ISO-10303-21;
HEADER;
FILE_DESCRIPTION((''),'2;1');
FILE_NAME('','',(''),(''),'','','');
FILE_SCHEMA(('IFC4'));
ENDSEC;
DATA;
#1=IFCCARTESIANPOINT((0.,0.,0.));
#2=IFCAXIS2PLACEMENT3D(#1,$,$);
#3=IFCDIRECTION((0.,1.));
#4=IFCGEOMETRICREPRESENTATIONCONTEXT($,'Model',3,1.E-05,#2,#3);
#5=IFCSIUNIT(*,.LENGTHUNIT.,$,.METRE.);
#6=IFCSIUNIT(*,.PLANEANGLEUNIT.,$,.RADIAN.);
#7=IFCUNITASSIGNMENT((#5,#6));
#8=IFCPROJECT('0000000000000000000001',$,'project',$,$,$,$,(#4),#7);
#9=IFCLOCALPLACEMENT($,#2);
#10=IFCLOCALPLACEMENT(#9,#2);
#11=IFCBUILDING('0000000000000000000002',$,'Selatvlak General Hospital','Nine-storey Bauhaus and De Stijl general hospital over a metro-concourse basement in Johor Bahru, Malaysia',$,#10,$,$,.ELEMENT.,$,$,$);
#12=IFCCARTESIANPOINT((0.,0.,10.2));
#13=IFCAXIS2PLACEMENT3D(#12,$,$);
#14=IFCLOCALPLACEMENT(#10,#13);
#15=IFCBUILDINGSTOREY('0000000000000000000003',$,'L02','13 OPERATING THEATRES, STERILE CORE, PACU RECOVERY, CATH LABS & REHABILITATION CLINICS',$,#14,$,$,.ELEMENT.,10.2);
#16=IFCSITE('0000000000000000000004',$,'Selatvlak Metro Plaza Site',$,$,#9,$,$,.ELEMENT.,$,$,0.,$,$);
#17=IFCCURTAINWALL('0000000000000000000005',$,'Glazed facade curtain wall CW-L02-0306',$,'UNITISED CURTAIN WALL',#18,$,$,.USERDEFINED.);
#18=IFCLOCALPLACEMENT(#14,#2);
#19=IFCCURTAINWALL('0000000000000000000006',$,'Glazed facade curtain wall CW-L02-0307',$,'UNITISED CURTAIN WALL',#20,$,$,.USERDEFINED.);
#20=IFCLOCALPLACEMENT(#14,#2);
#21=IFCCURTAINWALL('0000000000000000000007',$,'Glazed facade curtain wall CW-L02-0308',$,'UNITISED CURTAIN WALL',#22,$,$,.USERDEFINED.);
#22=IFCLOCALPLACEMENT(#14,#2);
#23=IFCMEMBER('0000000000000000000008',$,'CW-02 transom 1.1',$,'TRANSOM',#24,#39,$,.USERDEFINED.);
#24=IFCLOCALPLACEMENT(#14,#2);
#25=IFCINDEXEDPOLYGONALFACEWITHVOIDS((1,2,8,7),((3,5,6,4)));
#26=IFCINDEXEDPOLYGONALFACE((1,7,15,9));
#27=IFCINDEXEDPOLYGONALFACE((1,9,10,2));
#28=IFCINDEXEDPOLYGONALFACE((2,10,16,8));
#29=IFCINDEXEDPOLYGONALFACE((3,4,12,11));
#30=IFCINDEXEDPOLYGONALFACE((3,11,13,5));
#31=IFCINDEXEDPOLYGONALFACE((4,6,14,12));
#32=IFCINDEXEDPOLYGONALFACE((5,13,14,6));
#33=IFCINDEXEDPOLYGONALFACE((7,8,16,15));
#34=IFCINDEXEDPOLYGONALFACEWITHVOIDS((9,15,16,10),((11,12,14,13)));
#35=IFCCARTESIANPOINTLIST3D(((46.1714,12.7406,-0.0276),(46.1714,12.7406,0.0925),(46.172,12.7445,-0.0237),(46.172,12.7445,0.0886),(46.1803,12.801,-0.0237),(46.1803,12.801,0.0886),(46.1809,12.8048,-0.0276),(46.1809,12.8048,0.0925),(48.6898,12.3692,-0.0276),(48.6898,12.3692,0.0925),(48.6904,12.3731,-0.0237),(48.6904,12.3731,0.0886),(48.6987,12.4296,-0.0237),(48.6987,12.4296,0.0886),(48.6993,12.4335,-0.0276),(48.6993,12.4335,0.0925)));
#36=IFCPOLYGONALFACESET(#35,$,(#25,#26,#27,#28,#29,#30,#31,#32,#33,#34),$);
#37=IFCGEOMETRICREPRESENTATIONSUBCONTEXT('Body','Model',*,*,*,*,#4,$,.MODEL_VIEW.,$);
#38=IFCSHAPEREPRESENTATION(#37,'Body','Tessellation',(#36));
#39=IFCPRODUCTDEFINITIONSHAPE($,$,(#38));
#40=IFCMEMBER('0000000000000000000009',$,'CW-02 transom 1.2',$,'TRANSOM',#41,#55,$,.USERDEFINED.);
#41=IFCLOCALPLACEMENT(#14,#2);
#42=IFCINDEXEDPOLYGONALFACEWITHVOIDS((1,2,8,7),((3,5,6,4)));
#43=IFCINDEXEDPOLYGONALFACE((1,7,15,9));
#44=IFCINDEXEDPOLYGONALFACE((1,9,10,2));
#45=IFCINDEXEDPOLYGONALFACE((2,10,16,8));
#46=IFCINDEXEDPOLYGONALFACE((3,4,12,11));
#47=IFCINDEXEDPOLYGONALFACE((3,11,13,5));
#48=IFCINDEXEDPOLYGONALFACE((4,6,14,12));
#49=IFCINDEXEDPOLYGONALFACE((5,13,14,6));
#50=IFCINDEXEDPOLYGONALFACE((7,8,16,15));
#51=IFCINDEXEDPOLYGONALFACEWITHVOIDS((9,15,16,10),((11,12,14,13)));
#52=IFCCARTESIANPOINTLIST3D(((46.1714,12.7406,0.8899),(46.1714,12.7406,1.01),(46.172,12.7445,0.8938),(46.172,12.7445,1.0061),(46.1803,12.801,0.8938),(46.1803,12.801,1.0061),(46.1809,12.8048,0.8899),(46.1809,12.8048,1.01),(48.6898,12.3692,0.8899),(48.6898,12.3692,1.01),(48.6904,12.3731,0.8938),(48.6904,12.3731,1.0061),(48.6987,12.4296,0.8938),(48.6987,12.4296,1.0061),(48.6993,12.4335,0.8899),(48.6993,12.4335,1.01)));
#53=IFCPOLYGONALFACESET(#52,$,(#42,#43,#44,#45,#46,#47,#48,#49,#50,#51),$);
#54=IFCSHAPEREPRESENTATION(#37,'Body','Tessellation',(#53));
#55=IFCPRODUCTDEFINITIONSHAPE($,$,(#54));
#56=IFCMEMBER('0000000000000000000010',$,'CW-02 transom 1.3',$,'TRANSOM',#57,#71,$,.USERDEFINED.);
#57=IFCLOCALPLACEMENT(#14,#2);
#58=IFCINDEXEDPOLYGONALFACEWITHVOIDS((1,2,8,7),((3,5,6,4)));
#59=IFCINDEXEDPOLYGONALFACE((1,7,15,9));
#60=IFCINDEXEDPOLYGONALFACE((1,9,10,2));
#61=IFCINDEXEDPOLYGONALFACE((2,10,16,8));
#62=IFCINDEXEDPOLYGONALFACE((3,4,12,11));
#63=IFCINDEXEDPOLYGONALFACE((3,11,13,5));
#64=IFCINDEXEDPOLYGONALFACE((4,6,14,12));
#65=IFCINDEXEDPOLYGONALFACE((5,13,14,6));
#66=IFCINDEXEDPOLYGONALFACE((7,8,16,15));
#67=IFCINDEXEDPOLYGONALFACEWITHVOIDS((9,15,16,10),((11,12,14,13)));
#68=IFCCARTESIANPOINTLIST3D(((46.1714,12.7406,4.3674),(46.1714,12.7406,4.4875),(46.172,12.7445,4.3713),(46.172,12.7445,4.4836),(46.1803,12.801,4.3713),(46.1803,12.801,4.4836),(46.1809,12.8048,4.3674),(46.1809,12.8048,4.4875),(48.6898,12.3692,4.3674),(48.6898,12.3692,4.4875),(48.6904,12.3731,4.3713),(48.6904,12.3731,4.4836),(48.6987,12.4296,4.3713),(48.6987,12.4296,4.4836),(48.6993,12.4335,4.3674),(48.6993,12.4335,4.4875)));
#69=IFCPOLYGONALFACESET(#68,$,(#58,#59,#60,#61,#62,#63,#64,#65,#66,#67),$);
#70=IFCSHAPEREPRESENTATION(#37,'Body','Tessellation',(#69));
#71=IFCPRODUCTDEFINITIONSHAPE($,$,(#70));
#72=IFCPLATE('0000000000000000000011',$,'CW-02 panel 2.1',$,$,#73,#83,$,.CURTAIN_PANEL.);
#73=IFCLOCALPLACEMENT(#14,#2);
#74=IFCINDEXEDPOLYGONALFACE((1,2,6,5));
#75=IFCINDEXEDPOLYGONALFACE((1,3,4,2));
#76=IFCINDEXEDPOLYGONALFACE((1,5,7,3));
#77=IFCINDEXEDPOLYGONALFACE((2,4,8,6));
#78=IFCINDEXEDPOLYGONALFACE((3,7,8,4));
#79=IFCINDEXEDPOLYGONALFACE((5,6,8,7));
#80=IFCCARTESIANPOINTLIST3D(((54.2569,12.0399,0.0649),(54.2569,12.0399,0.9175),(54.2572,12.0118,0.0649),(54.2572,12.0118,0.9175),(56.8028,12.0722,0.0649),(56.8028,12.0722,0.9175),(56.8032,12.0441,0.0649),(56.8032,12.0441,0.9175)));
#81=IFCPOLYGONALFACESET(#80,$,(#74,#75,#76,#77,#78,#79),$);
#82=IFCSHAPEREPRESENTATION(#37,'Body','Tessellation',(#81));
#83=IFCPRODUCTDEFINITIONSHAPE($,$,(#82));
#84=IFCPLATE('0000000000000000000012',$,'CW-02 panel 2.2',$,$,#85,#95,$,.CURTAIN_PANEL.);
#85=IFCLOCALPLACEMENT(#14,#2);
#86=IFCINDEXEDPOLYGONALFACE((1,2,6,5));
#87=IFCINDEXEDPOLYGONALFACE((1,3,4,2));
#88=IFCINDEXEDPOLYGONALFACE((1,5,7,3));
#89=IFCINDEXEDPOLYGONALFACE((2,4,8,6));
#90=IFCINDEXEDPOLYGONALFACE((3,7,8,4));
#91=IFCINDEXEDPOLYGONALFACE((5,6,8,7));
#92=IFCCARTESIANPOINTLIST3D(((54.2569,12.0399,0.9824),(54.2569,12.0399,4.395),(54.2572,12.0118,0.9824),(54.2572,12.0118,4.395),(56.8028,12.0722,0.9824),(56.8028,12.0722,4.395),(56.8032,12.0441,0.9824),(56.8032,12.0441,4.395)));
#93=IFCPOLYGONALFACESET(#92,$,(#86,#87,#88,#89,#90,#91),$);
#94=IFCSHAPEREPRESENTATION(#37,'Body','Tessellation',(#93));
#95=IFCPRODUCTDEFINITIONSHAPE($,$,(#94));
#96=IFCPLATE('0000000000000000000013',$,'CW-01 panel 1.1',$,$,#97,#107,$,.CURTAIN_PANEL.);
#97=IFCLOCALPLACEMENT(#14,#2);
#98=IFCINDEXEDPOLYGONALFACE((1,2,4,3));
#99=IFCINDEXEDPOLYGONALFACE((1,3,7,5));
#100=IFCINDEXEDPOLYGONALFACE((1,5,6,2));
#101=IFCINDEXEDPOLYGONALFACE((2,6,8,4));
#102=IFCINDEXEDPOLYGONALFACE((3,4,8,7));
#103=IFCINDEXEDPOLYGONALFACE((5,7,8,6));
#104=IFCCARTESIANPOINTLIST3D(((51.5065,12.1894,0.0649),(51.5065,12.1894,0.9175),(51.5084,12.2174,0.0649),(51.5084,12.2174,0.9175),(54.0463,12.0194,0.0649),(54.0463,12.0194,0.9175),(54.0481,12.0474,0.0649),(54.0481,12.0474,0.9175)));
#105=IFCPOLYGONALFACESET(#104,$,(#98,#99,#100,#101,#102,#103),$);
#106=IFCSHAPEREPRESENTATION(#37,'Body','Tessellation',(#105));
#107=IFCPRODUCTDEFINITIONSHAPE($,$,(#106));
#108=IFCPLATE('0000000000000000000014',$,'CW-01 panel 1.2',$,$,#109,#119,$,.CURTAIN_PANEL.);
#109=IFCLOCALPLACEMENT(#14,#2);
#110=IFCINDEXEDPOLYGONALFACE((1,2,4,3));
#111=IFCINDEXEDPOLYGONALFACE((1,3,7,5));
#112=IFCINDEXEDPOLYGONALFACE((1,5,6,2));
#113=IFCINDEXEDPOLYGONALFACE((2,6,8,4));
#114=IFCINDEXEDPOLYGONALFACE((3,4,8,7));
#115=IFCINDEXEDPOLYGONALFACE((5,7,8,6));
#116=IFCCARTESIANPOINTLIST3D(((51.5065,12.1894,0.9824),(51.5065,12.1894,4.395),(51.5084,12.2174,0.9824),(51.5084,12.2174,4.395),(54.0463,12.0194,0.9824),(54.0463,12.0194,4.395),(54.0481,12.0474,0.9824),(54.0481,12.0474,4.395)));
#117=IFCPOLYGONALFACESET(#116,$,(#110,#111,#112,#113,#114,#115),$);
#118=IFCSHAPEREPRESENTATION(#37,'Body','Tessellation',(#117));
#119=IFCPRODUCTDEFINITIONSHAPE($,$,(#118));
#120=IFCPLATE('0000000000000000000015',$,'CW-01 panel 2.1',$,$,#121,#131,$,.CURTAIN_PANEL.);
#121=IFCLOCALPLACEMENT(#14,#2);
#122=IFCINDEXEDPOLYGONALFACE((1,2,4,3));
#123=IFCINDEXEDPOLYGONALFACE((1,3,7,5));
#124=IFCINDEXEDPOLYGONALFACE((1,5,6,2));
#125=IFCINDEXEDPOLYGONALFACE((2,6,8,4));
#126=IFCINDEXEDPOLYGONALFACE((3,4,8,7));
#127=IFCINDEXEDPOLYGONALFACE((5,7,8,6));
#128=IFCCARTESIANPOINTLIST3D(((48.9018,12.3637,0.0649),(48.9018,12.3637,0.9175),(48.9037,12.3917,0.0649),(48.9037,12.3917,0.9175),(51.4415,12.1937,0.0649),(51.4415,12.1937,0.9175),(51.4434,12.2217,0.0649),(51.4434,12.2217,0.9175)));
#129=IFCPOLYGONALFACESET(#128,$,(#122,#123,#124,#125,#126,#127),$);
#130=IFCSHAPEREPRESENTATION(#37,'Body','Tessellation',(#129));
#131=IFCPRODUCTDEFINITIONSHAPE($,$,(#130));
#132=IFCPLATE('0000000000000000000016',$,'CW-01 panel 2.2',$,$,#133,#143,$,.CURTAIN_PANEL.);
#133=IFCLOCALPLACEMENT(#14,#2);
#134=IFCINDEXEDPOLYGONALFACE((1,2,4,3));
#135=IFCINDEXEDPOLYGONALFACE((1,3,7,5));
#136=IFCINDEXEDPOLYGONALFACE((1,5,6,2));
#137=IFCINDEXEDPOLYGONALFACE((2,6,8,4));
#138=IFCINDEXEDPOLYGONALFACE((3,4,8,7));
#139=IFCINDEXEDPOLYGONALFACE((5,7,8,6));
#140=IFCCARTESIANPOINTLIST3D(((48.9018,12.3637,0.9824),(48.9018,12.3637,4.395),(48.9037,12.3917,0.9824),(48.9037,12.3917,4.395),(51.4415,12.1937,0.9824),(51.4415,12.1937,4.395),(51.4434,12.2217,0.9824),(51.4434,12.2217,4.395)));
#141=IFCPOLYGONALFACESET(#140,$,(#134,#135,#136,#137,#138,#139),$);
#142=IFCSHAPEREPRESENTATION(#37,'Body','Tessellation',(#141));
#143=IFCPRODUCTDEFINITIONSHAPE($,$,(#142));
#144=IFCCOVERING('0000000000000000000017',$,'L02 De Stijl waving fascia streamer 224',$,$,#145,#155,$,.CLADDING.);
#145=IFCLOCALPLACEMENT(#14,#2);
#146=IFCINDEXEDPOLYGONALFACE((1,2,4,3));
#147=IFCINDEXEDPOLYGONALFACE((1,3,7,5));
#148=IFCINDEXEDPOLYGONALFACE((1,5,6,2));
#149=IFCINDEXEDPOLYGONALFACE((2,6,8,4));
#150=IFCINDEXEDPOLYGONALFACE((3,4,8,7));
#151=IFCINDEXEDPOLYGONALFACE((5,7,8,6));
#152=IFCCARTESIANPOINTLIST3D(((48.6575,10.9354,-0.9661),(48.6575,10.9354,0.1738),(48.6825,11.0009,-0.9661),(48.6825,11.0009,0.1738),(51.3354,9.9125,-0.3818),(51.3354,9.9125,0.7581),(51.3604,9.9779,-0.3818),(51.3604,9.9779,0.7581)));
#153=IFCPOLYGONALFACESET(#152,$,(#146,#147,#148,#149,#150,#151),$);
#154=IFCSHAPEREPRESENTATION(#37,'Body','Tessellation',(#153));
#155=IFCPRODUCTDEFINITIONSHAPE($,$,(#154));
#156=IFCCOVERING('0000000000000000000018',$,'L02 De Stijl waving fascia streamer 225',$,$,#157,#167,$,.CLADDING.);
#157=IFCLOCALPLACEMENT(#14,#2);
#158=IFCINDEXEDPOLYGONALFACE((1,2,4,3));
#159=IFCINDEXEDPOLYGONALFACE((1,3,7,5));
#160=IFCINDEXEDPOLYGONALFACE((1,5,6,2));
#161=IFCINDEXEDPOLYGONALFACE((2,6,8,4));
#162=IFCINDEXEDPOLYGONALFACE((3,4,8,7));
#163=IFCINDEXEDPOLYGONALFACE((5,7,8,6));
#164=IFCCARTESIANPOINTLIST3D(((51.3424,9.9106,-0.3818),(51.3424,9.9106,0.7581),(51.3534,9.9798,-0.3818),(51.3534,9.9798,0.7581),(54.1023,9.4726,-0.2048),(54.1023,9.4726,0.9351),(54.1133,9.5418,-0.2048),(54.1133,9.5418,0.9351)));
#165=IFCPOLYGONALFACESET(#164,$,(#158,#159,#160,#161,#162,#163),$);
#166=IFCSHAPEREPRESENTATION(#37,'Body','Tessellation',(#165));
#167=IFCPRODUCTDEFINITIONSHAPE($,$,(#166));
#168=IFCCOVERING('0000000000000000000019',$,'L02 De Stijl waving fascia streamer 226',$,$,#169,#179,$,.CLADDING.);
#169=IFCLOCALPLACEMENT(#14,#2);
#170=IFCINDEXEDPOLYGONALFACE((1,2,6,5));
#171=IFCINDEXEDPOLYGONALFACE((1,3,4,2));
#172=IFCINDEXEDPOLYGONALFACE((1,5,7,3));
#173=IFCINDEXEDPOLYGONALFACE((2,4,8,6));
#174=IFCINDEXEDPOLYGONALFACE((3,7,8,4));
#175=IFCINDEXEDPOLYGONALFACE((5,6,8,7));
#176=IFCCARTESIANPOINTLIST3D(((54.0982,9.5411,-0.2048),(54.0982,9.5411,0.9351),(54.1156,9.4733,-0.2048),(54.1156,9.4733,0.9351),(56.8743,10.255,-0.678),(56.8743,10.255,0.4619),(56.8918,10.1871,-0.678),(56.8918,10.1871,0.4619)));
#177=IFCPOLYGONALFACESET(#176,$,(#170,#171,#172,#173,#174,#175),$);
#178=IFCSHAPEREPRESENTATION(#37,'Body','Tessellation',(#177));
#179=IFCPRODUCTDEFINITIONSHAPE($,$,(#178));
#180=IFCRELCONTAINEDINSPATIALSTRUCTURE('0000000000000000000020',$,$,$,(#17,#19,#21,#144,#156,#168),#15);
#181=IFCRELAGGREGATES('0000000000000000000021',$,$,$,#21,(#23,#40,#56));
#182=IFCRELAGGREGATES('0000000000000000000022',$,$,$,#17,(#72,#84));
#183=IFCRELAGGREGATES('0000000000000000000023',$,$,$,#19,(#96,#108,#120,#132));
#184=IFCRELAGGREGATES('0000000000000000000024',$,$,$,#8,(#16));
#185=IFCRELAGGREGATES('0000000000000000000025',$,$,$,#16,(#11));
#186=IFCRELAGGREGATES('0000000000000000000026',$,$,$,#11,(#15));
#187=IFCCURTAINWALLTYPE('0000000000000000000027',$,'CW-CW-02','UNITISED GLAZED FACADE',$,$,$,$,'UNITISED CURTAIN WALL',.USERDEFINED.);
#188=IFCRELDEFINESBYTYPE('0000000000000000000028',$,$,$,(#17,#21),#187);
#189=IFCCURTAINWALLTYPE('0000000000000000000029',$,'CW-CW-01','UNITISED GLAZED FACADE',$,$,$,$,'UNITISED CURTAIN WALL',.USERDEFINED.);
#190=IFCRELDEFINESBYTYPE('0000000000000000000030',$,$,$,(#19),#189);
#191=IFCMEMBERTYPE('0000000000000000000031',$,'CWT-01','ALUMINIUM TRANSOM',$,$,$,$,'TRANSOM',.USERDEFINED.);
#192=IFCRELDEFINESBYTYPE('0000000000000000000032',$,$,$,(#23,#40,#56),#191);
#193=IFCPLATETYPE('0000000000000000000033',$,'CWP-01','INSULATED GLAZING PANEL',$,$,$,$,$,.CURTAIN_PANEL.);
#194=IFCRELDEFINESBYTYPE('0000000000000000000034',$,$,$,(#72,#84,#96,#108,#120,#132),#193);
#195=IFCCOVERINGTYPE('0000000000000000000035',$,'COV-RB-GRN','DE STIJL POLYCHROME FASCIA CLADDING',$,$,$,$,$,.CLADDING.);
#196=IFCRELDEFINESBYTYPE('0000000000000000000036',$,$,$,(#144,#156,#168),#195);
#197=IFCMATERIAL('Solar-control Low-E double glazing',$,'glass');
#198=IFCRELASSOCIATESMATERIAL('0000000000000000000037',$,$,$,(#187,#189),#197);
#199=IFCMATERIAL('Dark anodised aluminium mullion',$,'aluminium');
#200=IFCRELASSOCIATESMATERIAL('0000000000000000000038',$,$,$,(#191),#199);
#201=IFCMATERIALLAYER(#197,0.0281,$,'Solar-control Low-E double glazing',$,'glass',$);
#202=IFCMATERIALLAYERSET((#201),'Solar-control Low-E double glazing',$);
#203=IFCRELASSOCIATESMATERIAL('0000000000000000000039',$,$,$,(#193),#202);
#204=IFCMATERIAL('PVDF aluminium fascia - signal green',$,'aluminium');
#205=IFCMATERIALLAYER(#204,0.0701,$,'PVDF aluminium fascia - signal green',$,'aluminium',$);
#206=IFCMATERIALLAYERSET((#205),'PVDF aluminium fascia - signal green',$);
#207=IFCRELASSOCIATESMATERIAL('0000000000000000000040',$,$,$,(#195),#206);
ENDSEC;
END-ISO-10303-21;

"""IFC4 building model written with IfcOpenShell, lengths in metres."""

from ifc_helpers import new_model, si_unit, direction, frame, origin, origin_2d, place, context, subcontext, project, spatial, polyline, rectangle, hollow_rectangle, outline, extrude, material, layer, layer_set, material_profile, profile_set, type_object, element, aggregate, save


model = new_model("IFC4")

# Units and contexts
model_context = context("Model", 3, precision=1e-05, world=origin(), true_north=direction((0.0, 1.0)))
body_context = subcontext(model_context, "Body", "Model", "MODEL_VIEW")
ifc_project = project(units=[si_unit("LENGTHUNIT", "METRE"), si_unit("PLANEANGLEUNIT", "RADIAN")], contexts=[model_context])

# Site, building, storey
site_placement = place(None, origin())
site = spatial("IfcSite", under=ifc_project, at=site_placement, Name="Selatvlak Metro Plaza Site", CompositionType="ELEMENT", RefElevation=0.0)
building_placement = place(site_placement, origin())
building = spatial("IfcBuilding", under=site, at=building_placement, Name="Selatvlak General Hospital", Description="Nine-storey Bauhaus and De Stijl general hospital over a metro-concourse basement in Johor Bahru, Malaysia", CompositionType="ELEMENT")
storey_placement = place(building_placement, frame((0.0, 0.0, 10.2)))
storey = spatial("IfcBuildingStorey", under=building, at=storey_placement, Name="L02", Description="13 OPERATING THEATRES, STERILE CORE, PACU RECOVERY, CATH LABS & REHABILITATION CLINICS", CompositionType="ELEMENT", Elevation=10.2)

# Curtain wall
ifc_material_1 = material(Name="Solar-control Low-E double glazing", Category="glass")
curtain_wall_type_1 = type_object("IfcCurtainWallType", Name="CW-CW-02", Description="UNITISED GLAZED FACADE", ElementType="UNITISED CURTAIN WALL", PredefinedType="USERDEFINED", material=ifc_material_1)
curtain_wall_1_placement = place(storey_placement, origin())
curtain_wall_1 = element("IfcCurtainWall", 1, at=curtain_wall_1_placement, inside=storey, type_object=curtain_wall_type_1, Name="Glazed facade curtain wall CW-L02-0306", ObjectType="UNITISED CURTAIN WALL", PredefinedType="USERDEFINED")
ifc_material_2 = material(Name="Dark anodised aluminium mullion", Category="aluminium")

# Curtain wall
curtain_wall_type_2 = type_object("IfcCurtainWallType", Name="CW-CW-01", Description="UNITISED GLAZED FACADE", ElementType="UNITISED CURTAIN WALL", PredefinedType="USERDEFINED", material=ifc_material_1)
curtain_wall_2_placement = place(storey_placement, origin())
curtain_wall_2 = element("IfcCurtainWall", 2, at=curtain_wall_2_placement, inside=storey, type_object=curtain_wall_type_2, Name="Glazed facade curtain wall CW-L02-0307", ObjectType="UNITISED CURTAIN WALL", PredefinedType="USERDEFINED")

# Curtain wall
curtain_wall_3_placement = place(storey_placement, origin())
curtain_wall_3 = element("IfcCurtainWall", 3, at=curtain_wall_3_placement, inside=storey, type_object=curtain_wall_type_1, Name="Glazed facade curtain wall CW-L02-0308", ObjectType="UNITISED CURTAIN WALL", PredefinedType="USERDEFINED")

# Members
ifc_material_profile_1 = material_profile(ifc_material_2, hollow_rectangle(XDim=0.0649, YDim=0.1201, WallThickness=0.0039, at=origin_2d()), Name="AL-TRN 65x120x4")
ifc_profile_set_1 = profile_set([ifc_material_profile_1], Name="Dark anodised aluminium mullion")
member_type_1 = type_object("IfcMemberType", Name="CWT-01", Description="ALUMINIUM TRANSOM", ElementType="TRANSOM", PredefinedType="USERDEFINED", material=ifc_profile_set_1)
member_1_placement = place(storey_placement, frame((48.6946, 12.4014, 0.0325), z_axis=(-0.989303, 0.145878, 0.0), x_axis=(-0.145878, -0.989303, 0.0)))
member_1 = element("IfcMember", 4, at=member_1_placement, type_object=member_type_1, Name="CW-02 transom 1.1", ObjectType="TRANSOM", PredefinedType="USERDEFINED", context=body_context, shape_type="SweptSolid", body=[
    extrude(hollow_rectangle(XDim=0.0649, YDim=0.1201, WallThickness=0.0039, at=origin_2d()), origin(), (0.0, 0.0, 1.0), 2.5457),
])
member_2_placement = place(storey_placement, frame((48.6946, 12.4014, 0.95), z_axis=(-0.989303, 0.145878, 0.0), x_axis=(-0.145878, -0.989303, 0.0)))
member_2 = element("IfcMember", 5, at=member_2_placement, type_object=member_type_1, Name="CW-02 transom 1.2", ObjectType="TRANSOM", PredefinedType="USERDEFINED", context=body_context, shape_type="SweptSolid", body=[
    extrude(hollow_rectangle(XDim=0.0649, YDim=0.1201, WallThickness=0.0039, at=origin_2d()), origin(), (0.0, 0.0, 1.0), 2.5457),
])
member_3_placement = place(storey_placement, frame((48.6946, 12.4014, 4.4275), z_axis=(-0.989303, 0.145878, 0.0), x_axis=(-0.145878, -0.989303, 0.0)))
member_3 = element("IfcMember", 6, at=member_3_placement, type_object=member_type_1, Name="CW-02 transom 1.3", ObjectType="TRANSOM", PredefinedType="USERDEFINED", context=body_context, shape_type="SweptSolid", body=[
    extrude(hollow_rectangle(XDim=0.0649, YDim=0.1201, WallThickness=0.0039, at=origin_2d()), origin(), (0.0, 0.0, 1.0), 2.5457),
])
aggregate(curtain_wall_3, [member_1, member_2, member_3])

# Plates
ifc_layer_1 = layer(ifc_material_1, 0.0281, Name="Solar-control Low-E double glazing", Category="glass")
ifc_layer_set_1 = layer_set([ifc_layer_1], Name="Solar-control Low-E double glazing")
plate_type = type_object("IfcPlateType", Name="CWP-01", Description="INSULATED GLAZING PANEL", PredefinedType="CURTAIN_PANEL", material=ifc_layer_set_1)
plate_1_placement = place(storey_placement, frame((55.53, 12.042, 0.0649), z_axis=(0.0, 0.0, 1.0), x_axis=(-0.99992, -0.012672, 0.0)))
plate_1 = element("IfcPlate", 7, at=plate_1_placement, type_object=plate_type, Name="CW-02 panel 2.1", PredefinedType="CURTAIN_PANEL", context=body_context, shape_type="SweptSolid", body=[
    extrude(rectangle(XDim=2.5461, YDim=0.0281, at=origin_2d()), origin(), (0.0, 0.0, 1.0), 0.8525),
])
plate_2_placement = place(storey_placement, frame((55.53, 12.042, 0.9824), z_axis=(0.0, 0.0, 1.0), x_axis=(-0.99992, -0.012672, 0.0)))
plate_2 = element("IfcPlate", 8, at=plate_2_placement, type_object=plate_type, Name="CW-02 panel 2.2", PredefinedType="CURTAIN_PANEL", context=body_context, shape_type="SweptSolid", body=[
    extrude(rectangle(XDim=2.5461, YDim=0.0281, at=origin_2d()), origin(), (0.0, 0.0, 1.0), 3.4126),
])
aggregate(curtain_wall_1, [plate_1, plate_2])
plate_3_placement = place(storey_placement, frame((52.7773, 12.1184, 0.0649), z_axis=(0.0, 0.0, 1.0), x_axis=(-0.997768, 0.066783, 0.0)))
plate_3 = element("IfcPlate", 9, at=plate_3_placement, type_object=plate_type, Name="CW-01 panel 1.1", PredefinedType="CURTAIN_PANEL", context=body_context, shape_type="SweptSolid", body=[
    extrude(rectangle(XDim=2.5454, YDim=0.0281, at=origin_2d()), origin(), (0.0, 0.0, 1.0), 0.8525),
])
plate_4_placement = place(storey_placement, frame((52.7773, 12.1184, 0.9824), z_axis=(0.0, 0.0, 1.0), x_axis=(-0.997768, 0.066783, 0.0)))
plate_4 = element("IfcPlate", 10, at=plate_4_placement, type_object=plate_type, Name="CW-01 panel 1.2", PredefinedType="CURTAIN_PANEL", context=body_context, shape_type="SweptSolid", body=[
    extrude(rectangle(XDim=2.5454, YDim=0.0281, at=origin_2d()), origin(), (0.0, 0.0, 1.0), 3.4126),
])
plate_5_placement = place(storey_placement, frame((50.1726, 12.2927, 0.0649), z_axis=(0.0, 0.0, 1.0), x_axis=(-0.997768, 0.066783, 0.0)))
plate_5 = element("IfcPlate", 11, at=plate_5_placement, type_object=plate_type, Name="CW-01 panel 2.1", PredefinedType="CURTAIN_PANEL", context=body_context, shape_type="SweptSolid", body=[
    extrude(rectangle(XDim=2.5454, YDim=0.0281, at=origin_2d()), origin(), (0.0, 0.0, 1.0), 0.8525),
])
plate_6_placement = place(storey_placement, frame((50.1726, 12.2927, 0.9824), z_axis=(0.0, 0.0, 1.0), x_axis=(-0.997768, 0.066783, 0.0)))
plate_6 = element("IfcPlate", 12, at=plate_6_placement, type_object=plate_type, Name="CW-01 panel 2.2", PredefinedType="CURTAIN_PANEL", context=body_context, shape_type="SweptSolid", body=[
    extrude(rectangle(XDim=2.5454, YDim=0.0281, at=origin_2d()), origin(), (0.0, 0.0, 1.0), 3.4126),
])
aggregate(curtain_wall_2, [plate_3, plate_4, plate_5, plate_6])

# Coverings
ifc_material_3 = material(Name="PVDF aluminium fascia - signal green", Category="aluminium")
ifc_layer_2 = layer(ifc_material_3, 0.0701, Name="PVDF aluminium fascia - signal green", Category="aluminium")
ifc_layer_set_2 = layer_set([ifc_layer_2], Name="PVDF aluminium fascia - signal green")
covering_type = type_object("IfcCoveringType", Name="COV-RB-GRN", Description="DE STIJL POLYCHROME FASCIA CLADDING", PredefinedType="CLADDING", material=ifc_layer_set_2)
covering_1_placement = place(storey_placement, frame((48.6699, 10.968, -0.9661), z_axis=(0.0, 0.0, 1.0), x_axis=(0.934166, -0.356838, 0.0)))
element("IfcCovering", 13, at=covering_1_placement, inside=storey, type_object=covering_type, Name="L02 De Stijl waving fascia streamer 224", PredefinedType="CLADDING", context=body_context, shape_type="SweptSolid", body=[
    extrude(outline(polyline([(0.0, 0.0), (2.8667, 0.5842), (2.8667, 1.7241), (0.0, 1.1399), (0.0, 0.0)])), frame((0.0, 0.0352, 0.0), z_axis=(0.0, -1.0, 0.0), x_axis=(1.0, 0.0, 0.0)), (0.0, 0.0, 1.0), 0.0701),
])
covering_2_placement = place(storey_placement, frame((51.3479, 9.9451, -0.3818), z_axis=(0.0, 0.0, 1.0), x_axis=(0.987642, -0.15673, 0.0)))
element("IfcCovering", 14, at=covering_2_placement, inside=storey, type_object=covering_type, Name="L02 De Stijl waving fascia streamer 225", PredefinedType="CLADDING", context=body_context, shape_type="SweptSolid", body=[
    extrude(outline(polyline([(0.0, 0.0), (2.7944, 0.177), (2.7944, 1.3169), (0.0, 1.1399), (0.0, 0.0)])), frame((0.0, 0.0352, 0.0), z_axis=(0.0, -1.0, 0.0), x_axis=(1.0, 0.0, 0.0)), (0.0, 0.0, 1.0), 0.0701),
])
covering_3_placement = place(storey_placement, frame((54.1069, 9.5071, -0.2048), z_axis=(0.0, 0.0, 1.0), x_axis=(0.968492, 0.249043, 0.0)))
element("IfcCovering", 15, at=covering_3_placement, inside=storey, type_object=covering_type, Name="L02 De Stijl waving fascia streamer 226", PredefinedType="CLADDING", context=body_context, shape_type="SweptSolid", body=[
    extrude(outline(polyline([(0.0, 0.0), (2.8665, -0.4731), (2.8665, 0.6667), (0.0, 1.1399), (0.0, 0.0)])), frame((0.0, 0.0352, 0.0), z_axis=(0.0, -1.0, 0.0), x_axis=(1.0, 0.0, 0.0)), (0.0, 0.0, 1.0), 0.0701),
])

save(model, "model.ifc")
